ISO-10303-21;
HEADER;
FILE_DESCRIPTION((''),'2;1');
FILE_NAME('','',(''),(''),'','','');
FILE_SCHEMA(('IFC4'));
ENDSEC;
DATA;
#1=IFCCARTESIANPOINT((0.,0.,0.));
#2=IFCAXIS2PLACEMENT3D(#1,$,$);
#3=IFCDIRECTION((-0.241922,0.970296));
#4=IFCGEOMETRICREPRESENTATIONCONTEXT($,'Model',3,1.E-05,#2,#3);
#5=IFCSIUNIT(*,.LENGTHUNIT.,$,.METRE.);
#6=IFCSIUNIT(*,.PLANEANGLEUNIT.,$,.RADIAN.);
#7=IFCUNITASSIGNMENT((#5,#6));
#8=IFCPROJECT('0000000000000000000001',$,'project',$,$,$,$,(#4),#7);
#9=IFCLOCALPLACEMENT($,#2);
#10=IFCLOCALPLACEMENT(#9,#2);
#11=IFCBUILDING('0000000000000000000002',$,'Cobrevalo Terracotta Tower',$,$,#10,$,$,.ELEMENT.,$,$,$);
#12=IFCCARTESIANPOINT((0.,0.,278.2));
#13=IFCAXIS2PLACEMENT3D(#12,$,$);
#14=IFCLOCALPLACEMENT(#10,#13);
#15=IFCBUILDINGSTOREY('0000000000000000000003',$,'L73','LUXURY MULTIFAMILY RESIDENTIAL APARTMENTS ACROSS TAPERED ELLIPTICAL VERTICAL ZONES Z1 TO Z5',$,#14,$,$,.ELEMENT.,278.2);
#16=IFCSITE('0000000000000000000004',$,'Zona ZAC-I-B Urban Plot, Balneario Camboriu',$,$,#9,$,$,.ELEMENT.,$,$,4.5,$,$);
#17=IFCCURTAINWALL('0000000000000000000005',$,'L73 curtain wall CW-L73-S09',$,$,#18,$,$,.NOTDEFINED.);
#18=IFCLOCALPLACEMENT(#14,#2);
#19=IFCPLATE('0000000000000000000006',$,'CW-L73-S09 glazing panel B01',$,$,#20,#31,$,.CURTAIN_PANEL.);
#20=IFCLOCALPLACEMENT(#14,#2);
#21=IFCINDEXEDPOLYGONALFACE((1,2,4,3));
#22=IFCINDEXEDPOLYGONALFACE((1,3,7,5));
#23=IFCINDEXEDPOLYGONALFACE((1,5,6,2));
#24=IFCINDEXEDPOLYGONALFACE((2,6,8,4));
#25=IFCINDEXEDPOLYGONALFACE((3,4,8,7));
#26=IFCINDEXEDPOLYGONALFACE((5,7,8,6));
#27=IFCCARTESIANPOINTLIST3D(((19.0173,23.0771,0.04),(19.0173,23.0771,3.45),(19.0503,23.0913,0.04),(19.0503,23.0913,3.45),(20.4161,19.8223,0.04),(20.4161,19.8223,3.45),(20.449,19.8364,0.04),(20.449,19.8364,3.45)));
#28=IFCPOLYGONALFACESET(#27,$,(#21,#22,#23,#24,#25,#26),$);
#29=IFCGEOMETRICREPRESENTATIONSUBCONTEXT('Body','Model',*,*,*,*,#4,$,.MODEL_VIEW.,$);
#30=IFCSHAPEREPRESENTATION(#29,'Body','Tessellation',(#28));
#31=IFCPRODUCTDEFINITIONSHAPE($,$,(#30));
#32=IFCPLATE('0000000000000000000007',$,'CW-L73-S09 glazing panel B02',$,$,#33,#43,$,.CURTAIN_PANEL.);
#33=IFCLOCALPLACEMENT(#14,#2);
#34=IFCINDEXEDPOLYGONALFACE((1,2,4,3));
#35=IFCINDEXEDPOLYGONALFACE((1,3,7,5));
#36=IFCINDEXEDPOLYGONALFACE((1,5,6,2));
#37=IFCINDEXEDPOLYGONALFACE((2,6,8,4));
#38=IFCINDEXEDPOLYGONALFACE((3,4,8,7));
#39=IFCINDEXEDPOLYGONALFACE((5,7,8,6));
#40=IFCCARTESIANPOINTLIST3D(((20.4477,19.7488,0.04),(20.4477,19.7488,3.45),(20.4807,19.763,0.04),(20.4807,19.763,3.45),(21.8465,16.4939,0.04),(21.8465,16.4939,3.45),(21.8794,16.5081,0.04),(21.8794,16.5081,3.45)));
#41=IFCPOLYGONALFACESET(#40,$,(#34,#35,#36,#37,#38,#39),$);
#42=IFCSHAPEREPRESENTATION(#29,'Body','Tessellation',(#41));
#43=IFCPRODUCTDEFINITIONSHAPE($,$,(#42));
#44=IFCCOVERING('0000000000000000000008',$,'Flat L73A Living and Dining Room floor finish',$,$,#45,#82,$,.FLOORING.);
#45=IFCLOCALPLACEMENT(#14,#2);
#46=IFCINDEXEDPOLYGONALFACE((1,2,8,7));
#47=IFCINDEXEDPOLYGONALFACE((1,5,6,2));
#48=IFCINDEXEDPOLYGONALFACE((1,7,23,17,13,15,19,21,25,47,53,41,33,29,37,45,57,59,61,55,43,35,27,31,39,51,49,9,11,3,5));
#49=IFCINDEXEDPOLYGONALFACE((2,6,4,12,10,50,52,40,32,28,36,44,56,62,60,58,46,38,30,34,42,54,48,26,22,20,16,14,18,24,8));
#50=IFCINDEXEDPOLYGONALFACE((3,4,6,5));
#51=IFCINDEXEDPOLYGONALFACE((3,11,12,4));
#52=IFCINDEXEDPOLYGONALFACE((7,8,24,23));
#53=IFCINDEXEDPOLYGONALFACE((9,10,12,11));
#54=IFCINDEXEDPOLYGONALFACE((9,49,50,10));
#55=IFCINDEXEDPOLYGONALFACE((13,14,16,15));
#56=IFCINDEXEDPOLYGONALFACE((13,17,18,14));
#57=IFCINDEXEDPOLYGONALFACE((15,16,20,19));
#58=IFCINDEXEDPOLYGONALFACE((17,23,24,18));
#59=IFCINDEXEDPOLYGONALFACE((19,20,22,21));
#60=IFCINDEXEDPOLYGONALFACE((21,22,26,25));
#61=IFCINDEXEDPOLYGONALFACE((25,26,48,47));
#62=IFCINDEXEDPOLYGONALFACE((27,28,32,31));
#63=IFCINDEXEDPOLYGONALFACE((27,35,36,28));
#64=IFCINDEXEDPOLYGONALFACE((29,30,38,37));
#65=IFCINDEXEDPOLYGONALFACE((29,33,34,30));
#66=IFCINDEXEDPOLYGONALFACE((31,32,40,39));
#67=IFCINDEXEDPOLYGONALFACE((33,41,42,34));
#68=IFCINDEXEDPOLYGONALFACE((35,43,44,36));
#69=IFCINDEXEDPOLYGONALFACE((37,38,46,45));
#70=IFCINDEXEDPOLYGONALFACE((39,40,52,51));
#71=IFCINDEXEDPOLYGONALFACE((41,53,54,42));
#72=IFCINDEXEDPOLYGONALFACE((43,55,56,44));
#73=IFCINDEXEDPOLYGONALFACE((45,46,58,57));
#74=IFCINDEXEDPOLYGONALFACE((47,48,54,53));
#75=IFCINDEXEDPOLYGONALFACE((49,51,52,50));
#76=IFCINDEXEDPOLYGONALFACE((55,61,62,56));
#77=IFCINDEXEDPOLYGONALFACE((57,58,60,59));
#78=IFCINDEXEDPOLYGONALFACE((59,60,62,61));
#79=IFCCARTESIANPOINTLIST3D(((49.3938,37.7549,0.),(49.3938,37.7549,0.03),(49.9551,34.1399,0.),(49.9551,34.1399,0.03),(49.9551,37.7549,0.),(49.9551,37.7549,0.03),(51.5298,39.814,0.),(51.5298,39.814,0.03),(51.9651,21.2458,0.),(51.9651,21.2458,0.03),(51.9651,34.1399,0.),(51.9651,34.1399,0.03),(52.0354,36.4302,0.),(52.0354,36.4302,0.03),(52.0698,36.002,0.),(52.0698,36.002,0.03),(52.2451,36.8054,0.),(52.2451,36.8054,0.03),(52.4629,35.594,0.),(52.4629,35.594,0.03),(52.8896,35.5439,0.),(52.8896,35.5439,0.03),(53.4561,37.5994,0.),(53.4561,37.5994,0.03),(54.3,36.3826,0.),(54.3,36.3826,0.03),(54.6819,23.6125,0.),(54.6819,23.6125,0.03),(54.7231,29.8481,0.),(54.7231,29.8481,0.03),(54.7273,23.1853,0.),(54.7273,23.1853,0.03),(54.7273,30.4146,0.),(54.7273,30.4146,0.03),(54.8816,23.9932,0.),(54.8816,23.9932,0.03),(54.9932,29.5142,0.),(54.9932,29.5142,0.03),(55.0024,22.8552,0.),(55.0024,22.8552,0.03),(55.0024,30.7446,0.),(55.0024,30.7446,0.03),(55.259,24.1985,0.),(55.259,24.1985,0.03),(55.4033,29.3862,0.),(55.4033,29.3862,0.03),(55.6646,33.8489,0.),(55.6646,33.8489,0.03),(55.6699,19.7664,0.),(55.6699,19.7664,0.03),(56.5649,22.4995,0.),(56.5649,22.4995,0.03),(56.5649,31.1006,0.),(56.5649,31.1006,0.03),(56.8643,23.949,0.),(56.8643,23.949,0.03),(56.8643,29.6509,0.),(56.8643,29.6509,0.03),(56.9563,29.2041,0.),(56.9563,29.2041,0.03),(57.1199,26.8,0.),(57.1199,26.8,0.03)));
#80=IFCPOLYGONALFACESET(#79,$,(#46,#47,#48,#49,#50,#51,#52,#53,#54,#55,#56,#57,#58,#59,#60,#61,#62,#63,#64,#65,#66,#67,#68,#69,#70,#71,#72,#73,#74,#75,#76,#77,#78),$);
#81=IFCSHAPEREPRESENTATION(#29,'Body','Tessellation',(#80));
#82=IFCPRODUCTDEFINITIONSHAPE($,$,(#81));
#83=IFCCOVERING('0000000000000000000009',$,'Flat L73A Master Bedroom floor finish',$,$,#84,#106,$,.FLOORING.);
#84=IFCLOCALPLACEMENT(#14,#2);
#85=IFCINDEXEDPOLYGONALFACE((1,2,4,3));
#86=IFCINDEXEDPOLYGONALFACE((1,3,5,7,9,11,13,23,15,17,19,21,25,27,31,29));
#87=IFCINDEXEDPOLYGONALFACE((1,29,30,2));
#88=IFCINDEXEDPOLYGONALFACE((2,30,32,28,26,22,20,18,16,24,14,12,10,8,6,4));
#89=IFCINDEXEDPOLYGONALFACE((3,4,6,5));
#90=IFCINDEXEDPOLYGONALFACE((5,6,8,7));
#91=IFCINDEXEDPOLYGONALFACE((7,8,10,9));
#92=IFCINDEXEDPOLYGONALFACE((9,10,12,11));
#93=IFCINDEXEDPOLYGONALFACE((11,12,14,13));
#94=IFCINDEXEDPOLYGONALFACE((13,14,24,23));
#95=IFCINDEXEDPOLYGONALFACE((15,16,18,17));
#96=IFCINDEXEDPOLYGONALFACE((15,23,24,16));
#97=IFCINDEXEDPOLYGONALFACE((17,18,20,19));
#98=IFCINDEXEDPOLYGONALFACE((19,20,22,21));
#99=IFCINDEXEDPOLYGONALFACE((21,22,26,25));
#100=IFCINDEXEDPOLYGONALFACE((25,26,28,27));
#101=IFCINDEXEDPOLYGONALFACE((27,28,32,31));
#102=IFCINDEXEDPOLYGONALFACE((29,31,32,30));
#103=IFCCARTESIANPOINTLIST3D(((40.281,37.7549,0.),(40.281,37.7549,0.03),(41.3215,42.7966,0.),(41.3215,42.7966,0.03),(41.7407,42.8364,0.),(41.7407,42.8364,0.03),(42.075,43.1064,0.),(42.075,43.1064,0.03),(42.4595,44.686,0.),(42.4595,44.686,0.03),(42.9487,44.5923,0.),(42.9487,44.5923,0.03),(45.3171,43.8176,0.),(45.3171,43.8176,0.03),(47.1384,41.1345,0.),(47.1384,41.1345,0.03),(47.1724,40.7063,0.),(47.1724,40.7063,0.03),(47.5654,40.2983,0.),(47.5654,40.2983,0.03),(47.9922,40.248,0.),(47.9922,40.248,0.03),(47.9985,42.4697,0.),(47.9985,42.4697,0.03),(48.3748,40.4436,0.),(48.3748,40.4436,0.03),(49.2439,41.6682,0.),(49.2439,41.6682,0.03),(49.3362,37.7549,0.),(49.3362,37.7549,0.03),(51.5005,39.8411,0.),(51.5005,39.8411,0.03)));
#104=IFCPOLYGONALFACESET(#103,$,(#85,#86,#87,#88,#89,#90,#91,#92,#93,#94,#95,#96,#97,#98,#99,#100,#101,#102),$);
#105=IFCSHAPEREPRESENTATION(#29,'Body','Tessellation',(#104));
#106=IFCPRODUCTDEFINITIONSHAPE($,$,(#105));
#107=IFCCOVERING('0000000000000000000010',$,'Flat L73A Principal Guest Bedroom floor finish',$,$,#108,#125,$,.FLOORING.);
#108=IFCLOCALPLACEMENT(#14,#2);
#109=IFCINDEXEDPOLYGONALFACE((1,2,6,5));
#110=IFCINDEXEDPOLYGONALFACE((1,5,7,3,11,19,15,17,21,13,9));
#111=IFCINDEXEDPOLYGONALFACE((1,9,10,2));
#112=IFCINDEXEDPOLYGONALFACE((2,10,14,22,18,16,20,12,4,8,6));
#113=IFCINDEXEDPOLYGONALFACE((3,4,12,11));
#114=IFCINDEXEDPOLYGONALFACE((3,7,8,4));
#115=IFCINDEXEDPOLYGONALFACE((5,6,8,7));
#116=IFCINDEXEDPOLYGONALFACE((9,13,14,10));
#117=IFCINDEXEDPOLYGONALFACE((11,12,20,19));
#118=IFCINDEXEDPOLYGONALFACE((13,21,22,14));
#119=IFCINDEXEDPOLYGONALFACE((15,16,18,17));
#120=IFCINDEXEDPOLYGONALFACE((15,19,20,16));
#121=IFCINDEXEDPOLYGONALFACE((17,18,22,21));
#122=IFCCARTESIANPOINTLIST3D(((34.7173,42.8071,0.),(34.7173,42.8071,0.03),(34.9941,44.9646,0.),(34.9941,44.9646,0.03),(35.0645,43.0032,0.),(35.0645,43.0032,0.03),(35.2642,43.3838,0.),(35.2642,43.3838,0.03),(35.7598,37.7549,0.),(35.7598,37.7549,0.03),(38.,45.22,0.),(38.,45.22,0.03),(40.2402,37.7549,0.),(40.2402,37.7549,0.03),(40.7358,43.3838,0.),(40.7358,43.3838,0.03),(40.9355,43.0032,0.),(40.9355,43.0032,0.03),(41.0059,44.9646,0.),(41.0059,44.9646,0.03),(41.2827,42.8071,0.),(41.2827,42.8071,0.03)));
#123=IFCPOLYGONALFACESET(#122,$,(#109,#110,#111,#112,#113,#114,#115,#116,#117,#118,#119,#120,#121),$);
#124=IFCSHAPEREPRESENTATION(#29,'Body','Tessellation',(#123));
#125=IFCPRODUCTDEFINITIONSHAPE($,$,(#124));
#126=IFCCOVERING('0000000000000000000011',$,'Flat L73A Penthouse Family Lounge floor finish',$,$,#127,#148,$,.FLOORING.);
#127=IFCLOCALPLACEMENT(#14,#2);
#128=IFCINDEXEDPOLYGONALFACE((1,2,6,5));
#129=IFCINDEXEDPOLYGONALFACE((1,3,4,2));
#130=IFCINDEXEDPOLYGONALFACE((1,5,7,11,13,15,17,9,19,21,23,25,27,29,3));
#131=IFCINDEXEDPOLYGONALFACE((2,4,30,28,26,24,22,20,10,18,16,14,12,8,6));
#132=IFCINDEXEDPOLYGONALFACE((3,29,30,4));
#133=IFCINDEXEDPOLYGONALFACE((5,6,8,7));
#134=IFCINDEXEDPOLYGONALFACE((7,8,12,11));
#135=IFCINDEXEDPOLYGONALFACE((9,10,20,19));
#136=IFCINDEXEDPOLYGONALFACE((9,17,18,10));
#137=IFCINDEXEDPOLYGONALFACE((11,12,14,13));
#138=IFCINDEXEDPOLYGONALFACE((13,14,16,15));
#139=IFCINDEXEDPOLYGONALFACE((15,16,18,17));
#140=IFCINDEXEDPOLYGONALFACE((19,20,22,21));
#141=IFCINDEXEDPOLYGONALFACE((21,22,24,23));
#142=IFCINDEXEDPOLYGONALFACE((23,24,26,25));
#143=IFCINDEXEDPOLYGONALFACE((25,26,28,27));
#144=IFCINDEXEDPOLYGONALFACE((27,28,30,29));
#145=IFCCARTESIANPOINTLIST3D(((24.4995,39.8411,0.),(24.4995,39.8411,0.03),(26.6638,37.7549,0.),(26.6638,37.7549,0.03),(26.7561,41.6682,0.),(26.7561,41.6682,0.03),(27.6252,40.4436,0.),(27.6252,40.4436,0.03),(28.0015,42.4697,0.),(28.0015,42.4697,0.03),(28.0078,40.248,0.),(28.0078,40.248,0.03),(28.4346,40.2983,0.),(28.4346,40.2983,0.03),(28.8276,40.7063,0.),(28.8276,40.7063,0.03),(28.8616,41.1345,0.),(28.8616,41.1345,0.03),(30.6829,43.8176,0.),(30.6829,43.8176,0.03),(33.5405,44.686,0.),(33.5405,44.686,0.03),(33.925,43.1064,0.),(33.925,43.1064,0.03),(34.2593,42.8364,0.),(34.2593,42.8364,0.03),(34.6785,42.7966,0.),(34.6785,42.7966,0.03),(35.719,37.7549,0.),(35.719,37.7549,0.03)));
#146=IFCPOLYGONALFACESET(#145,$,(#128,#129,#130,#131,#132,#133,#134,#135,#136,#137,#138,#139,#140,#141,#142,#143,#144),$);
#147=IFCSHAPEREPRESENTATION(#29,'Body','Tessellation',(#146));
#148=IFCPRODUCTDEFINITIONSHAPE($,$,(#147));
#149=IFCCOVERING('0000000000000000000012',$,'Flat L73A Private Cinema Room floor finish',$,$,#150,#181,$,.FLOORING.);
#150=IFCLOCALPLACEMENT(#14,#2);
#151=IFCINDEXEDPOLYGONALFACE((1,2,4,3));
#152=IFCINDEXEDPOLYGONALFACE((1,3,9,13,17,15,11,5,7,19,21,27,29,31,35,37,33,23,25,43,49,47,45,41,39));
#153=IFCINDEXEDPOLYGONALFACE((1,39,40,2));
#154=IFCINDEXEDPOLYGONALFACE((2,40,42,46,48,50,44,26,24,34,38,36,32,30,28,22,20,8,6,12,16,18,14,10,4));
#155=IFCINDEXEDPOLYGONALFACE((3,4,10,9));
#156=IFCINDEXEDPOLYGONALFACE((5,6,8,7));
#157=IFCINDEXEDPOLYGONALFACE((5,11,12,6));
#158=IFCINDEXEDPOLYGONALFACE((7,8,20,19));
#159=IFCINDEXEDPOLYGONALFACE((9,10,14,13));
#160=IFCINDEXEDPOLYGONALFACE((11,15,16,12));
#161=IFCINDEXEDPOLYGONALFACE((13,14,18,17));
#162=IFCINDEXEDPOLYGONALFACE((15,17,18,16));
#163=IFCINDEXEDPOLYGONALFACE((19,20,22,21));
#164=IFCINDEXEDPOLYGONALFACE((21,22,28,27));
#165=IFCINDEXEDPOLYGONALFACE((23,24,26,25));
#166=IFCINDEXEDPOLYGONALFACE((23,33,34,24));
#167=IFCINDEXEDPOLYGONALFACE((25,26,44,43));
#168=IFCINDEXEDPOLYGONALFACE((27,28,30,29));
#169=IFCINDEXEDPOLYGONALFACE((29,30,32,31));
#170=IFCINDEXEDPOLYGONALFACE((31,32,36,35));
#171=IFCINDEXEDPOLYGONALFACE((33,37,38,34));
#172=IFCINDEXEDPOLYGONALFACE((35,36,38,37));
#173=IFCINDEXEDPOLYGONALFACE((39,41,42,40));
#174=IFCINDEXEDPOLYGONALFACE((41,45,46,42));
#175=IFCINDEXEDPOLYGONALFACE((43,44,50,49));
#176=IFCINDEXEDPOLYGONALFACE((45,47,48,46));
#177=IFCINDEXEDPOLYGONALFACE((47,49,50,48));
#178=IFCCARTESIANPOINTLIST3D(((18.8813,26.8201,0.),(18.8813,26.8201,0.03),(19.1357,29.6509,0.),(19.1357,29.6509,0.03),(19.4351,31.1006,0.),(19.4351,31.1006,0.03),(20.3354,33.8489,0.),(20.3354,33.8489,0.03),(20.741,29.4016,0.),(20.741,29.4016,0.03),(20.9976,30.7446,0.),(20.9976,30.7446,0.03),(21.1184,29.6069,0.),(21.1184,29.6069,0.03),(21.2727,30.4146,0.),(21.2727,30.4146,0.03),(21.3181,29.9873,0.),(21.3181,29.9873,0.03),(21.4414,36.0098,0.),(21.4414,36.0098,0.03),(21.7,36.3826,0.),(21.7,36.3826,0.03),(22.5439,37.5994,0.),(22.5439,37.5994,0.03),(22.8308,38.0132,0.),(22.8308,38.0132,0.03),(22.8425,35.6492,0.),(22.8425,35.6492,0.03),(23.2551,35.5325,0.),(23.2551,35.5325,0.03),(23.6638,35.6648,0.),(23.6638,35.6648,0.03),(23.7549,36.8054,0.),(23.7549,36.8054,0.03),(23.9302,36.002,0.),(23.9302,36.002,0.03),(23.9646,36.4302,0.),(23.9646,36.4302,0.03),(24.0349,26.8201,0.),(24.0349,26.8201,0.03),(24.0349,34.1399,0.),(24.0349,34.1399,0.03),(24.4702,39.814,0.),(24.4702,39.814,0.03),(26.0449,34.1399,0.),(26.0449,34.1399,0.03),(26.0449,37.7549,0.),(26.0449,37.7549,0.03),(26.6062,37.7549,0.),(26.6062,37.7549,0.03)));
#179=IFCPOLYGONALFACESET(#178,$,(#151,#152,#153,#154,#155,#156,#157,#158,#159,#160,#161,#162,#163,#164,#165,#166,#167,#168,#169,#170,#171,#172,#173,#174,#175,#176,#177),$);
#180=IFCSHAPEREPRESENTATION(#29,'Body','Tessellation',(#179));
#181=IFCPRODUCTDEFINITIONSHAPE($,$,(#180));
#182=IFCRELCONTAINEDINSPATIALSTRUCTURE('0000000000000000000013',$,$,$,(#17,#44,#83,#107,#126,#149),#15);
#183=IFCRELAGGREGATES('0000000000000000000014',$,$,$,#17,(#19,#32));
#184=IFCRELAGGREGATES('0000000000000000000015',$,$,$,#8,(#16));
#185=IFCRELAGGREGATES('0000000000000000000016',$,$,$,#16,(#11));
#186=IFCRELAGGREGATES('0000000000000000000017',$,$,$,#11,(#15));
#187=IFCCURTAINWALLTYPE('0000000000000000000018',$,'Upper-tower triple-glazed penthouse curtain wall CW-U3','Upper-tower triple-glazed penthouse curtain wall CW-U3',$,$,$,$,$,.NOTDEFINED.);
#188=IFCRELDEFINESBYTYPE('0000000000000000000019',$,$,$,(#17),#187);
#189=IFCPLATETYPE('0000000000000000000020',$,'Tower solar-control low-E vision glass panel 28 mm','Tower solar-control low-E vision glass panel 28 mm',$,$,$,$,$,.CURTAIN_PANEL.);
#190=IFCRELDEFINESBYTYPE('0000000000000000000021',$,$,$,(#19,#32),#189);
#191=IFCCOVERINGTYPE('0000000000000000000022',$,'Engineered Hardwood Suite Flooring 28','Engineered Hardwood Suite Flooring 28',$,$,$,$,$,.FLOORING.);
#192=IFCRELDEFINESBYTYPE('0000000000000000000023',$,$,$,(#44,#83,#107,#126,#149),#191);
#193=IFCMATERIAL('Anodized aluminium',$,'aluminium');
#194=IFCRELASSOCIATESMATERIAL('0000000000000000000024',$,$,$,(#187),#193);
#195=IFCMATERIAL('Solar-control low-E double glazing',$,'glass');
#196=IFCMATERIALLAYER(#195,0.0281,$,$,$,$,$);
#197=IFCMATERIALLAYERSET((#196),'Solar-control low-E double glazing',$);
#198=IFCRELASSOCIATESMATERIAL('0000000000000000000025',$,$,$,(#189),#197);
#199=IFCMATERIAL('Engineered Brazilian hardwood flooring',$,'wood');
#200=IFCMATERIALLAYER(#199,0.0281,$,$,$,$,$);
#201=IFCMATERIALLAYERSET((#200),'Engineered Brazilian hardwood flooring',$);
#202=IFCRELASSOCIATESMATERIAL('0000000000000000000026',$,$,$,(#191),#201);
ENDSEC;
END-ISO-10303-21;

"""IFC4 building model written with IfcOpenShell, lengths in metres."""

from ifc_helpers import new_model, si_unit, direction, frame, origin, origin_2d, place, context, subcontext, project, spatial, polyline, rectangle, outline, extrude, source, transform, mapped, material, layer, layer_set, type_object, element, aggregate, save


model = new_model("IFC4")

# Units and contexts
model_context = context("Model", 3, precision=1e-05, world=origin(), true_north=direction((-0.241922, 0.970296)))
body_context = subcontext(model_context, "Body", "Model", "MODEL_VIEW")
ifc_project = project(units=[si_unit("LENGTHUNIT", "METRE"), si_unit("PLANEANGLEUNIT", "RADIAN")], contexts=[model_context])

# Site, building, storey
site_placement = place(None, origin())
site = spatial("IfcSite", under=ifc_project, at=site_placement, Name="Zona ZAC-I-B Urban Plot, Balneario Camboriu", CompositionType="ELEMENT", RefElevation=4.5)
building_placement = place(site_placement, origin())
building = spatial("IfcBuilding", under=site, at=building_placement, Name="Cobrevalo Terracotta Tower", CompositionType="ELEMENT")
storey_placement = place(building_placement, frame((0.0, 0.0, 278.2)))
storey = spatial("IfcBuildingStorey", under=building, at=storey_placement, Name="L73", Description="LUXURY MULTIFAMILY RESIDENTIAL APARTMENTS ACROSS TAPERED ELLIPTICAL VERTICAL ZONES Z1 TO Z5", CompositionType="ELEMENT", Elevation=278.2)

# Curtain wall
ifc_material_1 = material(Name="Anodized aluminium", Category="aluminium")
curtain_wall_type = type_object("IfcCurtainWallType", Name="Upper-tower triple-glazed penthouse curtain wall CW-U3", Description="Upper-tower triple-glazed penthouse curtain wall CW-U3", PredefinedType="NOTDEFINED", material=ifc_material_1)
curtain_wall_1_placement = place(storey_placement, origin())
curtain_wall_1 = element("IfcCurtainWall", 1, at=curtain_wall_1_placement, inside=storey, type_object=curtain_wall_type, Name="L73 curtain wall CW-L73-S09", PredefinedType="NOTDEFINED")

# Plates
ifc_material_2 = material(Name="Solar-control low-E double glazing", Category="glass")
ifc_layer_1 = layer(ifc_material_2, 0.0281)
ifc_layer_set_1 = layer_set([ifc_layer_1], Name="Solar-control low-E double glazing")
plate_type = type_object("IfcPlateType", Name="Tower solar-control low-E vision glass panel 28 mm", Description="Tower solar-control low-E vision glass panel 28 mm", PredefinedType="CURTAIN_PANEL", material=ifc_layer_set_1)
shared_shape_1 = source(origin(), body_context, "Body", "SweptSolid", [
    extrude(rectangle(XDim=3.5427, YDim=0.0359, at=origin_2d()), origin(), (0.0, 0.0, 1.0), 3.4099),
])
plate_1_placement = place(storey_placement, frame((19.7332, 21.4568, 0.04), z_axis=(0.0, 0.0, 1.0), x_axis=(0.394829, -0.918755, 0.0)))
plate_1 = element("IfcPlate", 2, at=plate_1_placement, type_object=plate_type, Name="CW-L73-S09 glazing panel B01", PredefinedType="CURTAIN_PANEL", context=body_context, shape_type="MappedRepresentation", body=[
    mapped(shared_shape_1, transform((0.0, 0.0, 0.0), scale=1.0)),
])
plate_2_placement = place(storey_placement, frame((21.1636, 18.1284, 0.04), z_axis=(0.0, 0.0, 1.0), x_axis=(0.394829, -0.918755, 0.0)))
plate_2 = element("IfcPlate", 3, at=plate_2_placement, type_object=plate_type, Name="CW-L73-S09 glazing panel B02", PredefinedType="CURTAIN_PANEL", context=body_context, shape_type="MappedRepresentation", body=[
    mapped(shared_shape_1, transform((0.0, 0.0, 0.0), scale=1.0)),
])
aggregate(curtain_wall_1, [plate_1, plate_2])

# Coverings
ifc_material_3 = material(Name="Engineered Brazilian hardwood flooring", Category="wood")
ifc_layer_2 = layer(ifc_material_3, 0.0281)
ifc_layer_set_2 = layer_set([ifc_layer_2], Name="Engineered Brazilian hardwood flooring")
covering_type_1 = type_object("IfcCoveringType", Name="Engineered Hardwood Suite Flooring 28", Description="Engineered Hardwood Suite Flooring 28", PredefinedType="FLOORING", material=ifc_layer_set_2)
covering_1_placement = place(storey_placement, origin())
element("IfcCovering", 4, at=covering_1_placement, inside=storey, type_object=covering_type_1, Name="Flat L73A Living and Dining Room floor finish", PredefinedType="FLOORING", context=body_context, shape_type="SweptSolid", body=[
    extrude(outline(polyline([(51.5298, 39.814), (53.4561, 37.5994), (52.2451, 36.8054), (52.0354, 36.4302), (52.0698, 36.002), (52.4629, 35.594), (52.8896, 35.5439), (54.3, 36.3826), (55.6646, 33.8489), (56.5649, 31.1006), (55.0024, 30.7446), (54.7273, 30.4146), (54.7231, 29.8481), (54.9932, 29.5142), (55.4033, 29.3862), (56.8643, 29.6509), (56.9563, 29.2041), (57.1199, 26.8), (56.8643, 23.949), (55.259, 24.1985), (54.8816, 23.9932), (54.6819, 23.6125), (54.7273, 23.1853), (55.0024, 22.8552), (56.5649, 22.4995), (55.6699, 19.7664), (51.9651, 21.2458), (51.9651, 34.1399), (49.9551, 34.1399), (49.9551, 37.7549), (49.3938, 37.7549), (51.5298, 39.814)])), origin(), (0.0, 0.0, 1.0), 0.03),
])
covering_2_placement = place(storey_placement, origin())
element("IfcCovering", 5, at=covering_2_placement, inside=storey, type_object=covering_type_1, Name="Flat L73A Master Bedroom floor finish", PredefinedType="FLOORING", context=body_context, shape_type="SweptSolid", body=[
    extrude(outline(polyline([(41.3215, 42.7966), (41.7407, 42.8364), (42.075, 43.1064), (42.4595, 44.686), (42.9487, 44.5923), (45.3171, 43.8176), (47.9985, 42.4697), (47.1384, 41.1345), (47.1724, 40.7063), (47.5654, 40.2983), (47.9922, 40.248), (48.3748, 40.4436), (49.2439, 41.6682), (51.5005, 39.8411), (49.3362, 37.7549), (40.281, 37.7549), (41.3215, 42.7966)])), origin(), (0.0, 0.0, 1.0), 0.03),
])
covering_3_placement = place(storey_placement, origin())
element("IfcCovering", 6, at=covering_3_placement, inside=storey, type_object=covering_type_1, Name="Flat L73A Principal Guest Bedroom floor finish", PredefinedType="FLOORING", context=body_context, shape_type="SweptSolid", body=[
    extrude(outline(polyline([(34.7173, 42.8071), (35.0645, 43.0032), (35.2642, 43.3838), (34.9941, 44.9646), (38.0, 45.22), (41.0059, 44.9646), (40.7358, 43.3838), (40.9355, 43.0032), (41.2827, 42.8071), (40.2402, 37.7549), (35.7598, 37.7549), (34.7173, 42.8071)])), origin(), (0.0, 0.0, 1.0), 0.03),
])
covering_4_placement = place(storey_placement, origin())
element("IfcCovering", 7, at=covering_4_placement, inside=storey, type_object=covering_type_1, Name="Flat L73A Penthouse Family Lounge floor finish", PredefinedType="FLOORING", context=body_context, shape_type="SweptSolid", body=[
    extrude(outline(polyline([(24.4995, 39.8411), (26.7561, 41.6682), (27.6252, 40.4436), (28.0078, 40.248), (28.4346, 40.2983), (28.8276, 40.7063), (28.8616, 41.1345), (28.0015, 42.4697), (30.6829, 43.8176), (33.5405, 44.686), (33.925, 43.1064), (34.2593, 42.8364), (34.6785, 42.7966), (35.719, 37.7549), (26.6638, 37.7549), (24.4995, 39.8411)])), origin(), (0.0, 0.0, 1.0), 0.03),
])
covering_5_placement = place(storey_placement, origin())
element("IfcCovering", 8, at=covering_5_placement, inside=storey, type_object=covering_type_1, Name="Flat L73A Private Cinema Room floor finish", PredefinedType="FLOORING", context=body_context, shape_type="SweptSolid", body=[
    extrude(outline(polyline([(26.6062, 37.7549), (26.0449, 37.7549), (26.0449, 34.1399), (24.0349, 34.1399), (24.0349, 26.8201), (18.8813, 26.8201), (19.1357, 29.6509), (20.741, 29.4016), (21.1184, 29.6069), (21.3181, 29.9873), (21.2727, 30.4146), (20.9976, 30.7446), (19.4351, 31.1006), (20.3354, 33.8489), (21.4414, 36.0098), (21.7, 36.3826), (22.8425, 35.6492), (23.2551, 35.5325), (23.6638, 35.6648), (23.9302, 36.002), (23.9646, 36.4302), (23.7549, 36.8054), (22.5439, 37.5994), (22.8308, 38.0132), (24.4702, 39.814), (26.6062, 37.7549)])), origin(), (0.0, 0.0, 1.0), 0.03),
])

save(model, "model.ifc")
